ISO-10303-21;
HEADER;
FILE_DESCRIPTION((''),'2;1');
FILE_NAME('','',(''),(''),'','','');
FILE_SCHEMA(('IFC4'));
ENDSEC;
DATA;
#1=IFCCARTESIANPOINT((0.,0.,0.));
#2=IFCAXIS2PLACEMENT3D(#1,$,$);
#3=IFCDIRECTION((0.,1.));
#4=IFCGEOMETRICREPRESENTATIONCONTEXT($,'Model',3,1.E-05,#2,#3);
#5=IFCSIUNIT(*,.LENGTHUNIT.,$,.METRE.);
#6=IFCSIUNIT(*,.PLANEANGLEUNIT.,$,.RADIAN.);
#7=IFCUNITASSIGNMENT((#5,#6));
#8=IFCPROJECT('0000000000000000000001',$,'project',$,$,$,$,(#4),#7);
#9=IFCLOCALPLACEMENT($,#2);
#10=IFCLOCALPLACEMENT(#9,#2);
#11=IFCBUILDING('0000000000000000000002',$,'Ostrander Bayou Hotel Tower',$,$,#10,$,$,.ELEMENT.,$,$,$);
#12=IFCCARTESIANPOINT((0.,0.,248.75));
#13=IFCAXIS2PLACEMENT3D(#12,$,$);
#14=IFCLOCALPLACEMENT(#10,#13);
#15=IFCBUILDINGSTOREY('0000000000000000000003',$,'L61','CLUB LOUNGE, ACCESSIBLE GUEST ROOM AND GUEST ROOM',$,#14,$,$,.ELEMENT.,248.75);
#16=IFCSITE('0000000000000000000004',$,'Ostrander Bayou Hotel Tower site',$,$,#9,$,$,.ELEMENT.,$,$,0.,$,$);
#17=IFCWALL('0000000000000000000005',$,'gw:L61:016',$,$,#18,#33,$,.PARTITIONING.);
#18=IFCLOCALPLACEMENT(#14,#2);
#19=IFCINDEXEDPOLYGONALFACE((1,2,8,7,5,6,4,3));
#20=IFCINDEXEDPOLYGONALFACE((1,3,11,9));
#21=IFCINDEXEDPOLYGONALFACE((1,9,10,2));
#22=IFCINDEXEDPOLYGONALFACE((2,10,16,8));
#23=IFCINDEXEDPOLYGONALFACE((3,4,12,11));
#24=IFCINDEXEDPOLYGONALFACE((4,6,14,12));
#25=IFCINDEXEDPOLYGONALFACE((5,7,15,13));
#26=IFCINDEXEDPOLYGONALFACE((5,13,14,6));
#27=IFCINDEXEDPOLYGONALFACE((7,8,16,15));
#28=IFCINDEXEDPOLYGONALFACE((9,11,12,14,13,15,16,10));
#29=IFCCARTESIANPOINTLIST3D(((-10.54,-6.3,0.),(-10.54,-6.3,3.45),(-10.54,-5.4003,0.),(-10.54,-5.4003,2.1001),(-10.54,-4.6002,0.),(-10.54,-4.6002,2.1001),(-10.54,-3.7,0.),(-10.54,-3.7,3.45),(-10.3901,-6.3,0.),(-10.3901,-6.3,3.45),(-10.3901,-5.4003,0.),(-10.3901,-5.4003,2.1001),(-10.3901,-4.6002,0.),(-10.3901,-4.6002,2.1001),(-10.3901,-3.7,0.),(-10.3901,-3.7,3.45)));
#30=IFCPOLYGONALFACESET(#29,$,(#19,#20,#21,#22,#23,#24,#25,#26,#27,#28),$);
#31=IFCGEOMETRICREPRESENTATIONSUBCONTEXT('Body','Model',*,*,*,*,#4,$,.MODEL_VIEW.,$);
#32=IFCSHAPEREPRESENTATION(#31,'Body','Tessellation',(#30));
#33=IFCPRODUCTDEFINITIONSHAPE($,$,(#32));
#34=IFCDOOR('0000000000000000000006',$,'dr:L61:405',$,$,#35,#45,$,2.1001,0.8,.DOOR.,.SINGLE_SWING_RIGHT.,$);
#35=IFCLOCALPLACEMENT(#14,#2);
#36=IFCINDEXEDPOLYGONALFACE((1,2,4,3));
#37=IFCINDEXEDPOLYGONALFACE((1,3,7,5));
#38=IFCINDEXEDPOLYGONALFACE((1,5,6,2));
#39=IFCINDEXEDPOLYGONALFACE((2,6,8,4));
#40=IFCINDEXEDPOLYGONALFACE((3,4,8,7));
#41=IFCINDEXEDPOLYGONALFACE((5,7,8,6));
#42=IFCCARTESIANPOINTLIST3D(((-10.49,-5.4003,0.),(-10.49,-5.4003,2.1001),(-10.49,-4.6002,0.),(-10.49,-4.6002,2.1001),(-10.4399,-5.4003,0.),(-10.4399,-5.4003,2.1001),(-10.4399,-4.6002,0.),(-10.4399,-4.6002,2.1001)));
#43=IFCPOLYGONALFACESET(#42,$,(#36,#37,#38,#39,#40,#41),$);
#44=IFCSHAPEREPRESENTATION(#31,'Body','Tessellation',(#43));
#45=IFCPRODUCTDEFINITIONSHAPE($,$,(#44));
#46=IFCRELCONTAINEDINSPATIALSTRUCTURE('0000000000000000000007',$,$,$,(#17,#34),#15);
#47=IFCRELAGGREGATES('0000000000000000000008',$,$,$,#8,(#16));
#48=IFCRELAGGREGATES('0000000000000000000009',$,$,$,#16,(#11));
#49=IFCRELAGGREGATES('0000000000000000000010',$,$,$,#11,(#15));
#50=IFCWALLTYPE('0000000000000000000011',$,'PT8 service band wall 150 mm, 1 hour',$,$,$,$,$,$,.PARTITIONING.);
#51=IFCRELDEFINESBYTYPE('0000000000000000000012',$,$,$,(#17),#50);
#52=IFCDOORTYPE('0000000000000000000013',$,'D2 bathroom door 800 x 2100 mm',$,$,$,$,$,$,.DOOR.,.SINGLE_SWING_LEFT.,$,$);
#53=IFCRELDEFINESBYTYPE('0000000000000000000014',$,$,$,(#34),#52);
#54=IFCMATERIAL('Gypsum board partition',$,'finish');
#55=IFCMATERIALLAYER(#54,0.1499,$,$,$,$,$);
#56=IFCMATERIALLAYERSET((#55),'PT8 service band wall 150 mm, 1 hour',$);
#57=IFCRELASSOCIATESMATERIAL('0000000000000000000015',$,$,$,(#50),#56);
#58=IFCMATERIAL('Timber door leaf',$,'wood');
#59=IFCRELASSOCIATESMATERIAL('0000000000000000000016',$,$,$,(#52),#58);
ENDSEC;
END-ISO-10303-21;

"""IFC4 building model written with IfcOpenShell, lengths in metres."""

from ifc_helpers import new_model, si_unit, direction, frame, frame_2d, origin, place, context, subcontext, project, spatial, rectangle, extrude, material, layer, layer_set, type_object, element, fill, save


model = new_model("IFC4")

# Units and contexts
model_context = context("Model", 3, precision=1e-05, world=origin(), true_north=direction((0.0, 1.0)))
body_context = subcontext(model_context, "Body", "Model", "MODEL_VIEW")
ifc_project = project(units=[si_unit("LENGTHUNIT", "METRE"), si_unit("PLANEANGLEUNIT", "RADIAN")], contexts=[model_context])

# Site, building, storey
site_placement = place(None, origin())
site = spatial("IfcSite", under=ifc_project, at=site_placement, Name="Ostrander Bayou Hotel Tower site", CompositionType="ELEMENT", RefElevation=0.0)
building_placement = place(site_placement, origin())
building = spatial("IfcBuilding", under=site, at=building_placement, Name="Ostrander Bayou Hotel Tower", CompositionType="ELEMENT")
storey_placement = place(building_placement, frame((0.0, 0.0, 248.75)))
storey = spatial("IfcBuildingStorey", under=building, at=storey_placement, Name="L61", Description="CLUB LOUNGE, ACCESSIBLE GUEST ROOM AND GUEST ROOM", CompositionType="ELEMENT", Elevation=248.75)

# Shared definitions
ifc_material_1 = material(Name="Gypsum board partition", Category="finish")
ifc_layer_1 = layer(ifc_material_1, 0.1499)
ifc_layer_set_1 = layer_set([ifc_layer_1], Name="PT8 service band wall 150 mm, 1 hour")
wall_type_1 = type_object("IfcWallType", Name="PT8 service band wall 150 mm, 1 hour", PredefinedType="PARTITIONING", material=ifc_layer_set_1)

# Wall, opening, door
wall_1_placement = place(storey_placement, frame((-10.4651, -6.3, 0.0), z_axis=(0.0, 0.0, 1.0), x_axis=(0.0, 1.0, 0.0)))
wall_1 = element("IfcWall", 1, at=wall_1_placement, inside=storey, type_object=wall_type_1, Name="gw:L61:016", PredefinedType="PARTITIONING", context=body_context, shape_type="SweptSolid", body=[
    extrude(rectangle(XDim=2.6001, YDim=0.1499, at=frame_2d((1.3, 0.0))), origin(), (0.0, 0.0, 1.0), 3.45),
])
opening_placement = place(wall_1_placement, frame((0.8999, 0.0, 0.0)))
opening = element("IfcOpeningElement", 2, at=opening_placement, cuts=wall_1, PredefinedType="OPENING", context=body_context, shape_type="SweptSolid", body=[
    extrude(rectangle(XDim=0.8, YDim=2.1001, at=frame_2d((0.3999, 1.05))), frame((0.0, 0.075, 0.0), z_axis=(0.0, -1.0, 0.0), x_axis=(1.0, 0.0, 0.0)), (0.0, 0.0, 1.0), 0.1499),
])
ifc_material_2 = material(Name="Timber door leaf", Category="wood")
door_type = type_object("IfcDoorType", Name="D2 bathroom door 800 x 2100 mm", OperationType="SINGLE_SWING_LEFT", PredefinedType="DOOR", material=ifc_material_2)
door_placement = place(opening_placement, origin())
door = element("IfcDoor", 3, at=door_placement, inside=storey, type_object=door_type, Name="dr:L61:405", OperationType="SINGLE_SWING_RIGHT", OverallHeight=2.1001, OverallWidth=0.8, PredefinedType="DOOR", context=body_context, shape_type="SweptSolid", body=[
    extrude(rectangle(XDim=0.8, YDim=2.1001, at=frame_2d((0.3999, 1.05))), frame((0.0, 0.0249, 0.0), z_axis=(0.0, -1.0, 0.0), x_axis=(1.0, 0.0, 0.0)), (0.0, 0.0, 1.0), 0.05),
])
fill(opening, door)

save(model, "model.ifc")
